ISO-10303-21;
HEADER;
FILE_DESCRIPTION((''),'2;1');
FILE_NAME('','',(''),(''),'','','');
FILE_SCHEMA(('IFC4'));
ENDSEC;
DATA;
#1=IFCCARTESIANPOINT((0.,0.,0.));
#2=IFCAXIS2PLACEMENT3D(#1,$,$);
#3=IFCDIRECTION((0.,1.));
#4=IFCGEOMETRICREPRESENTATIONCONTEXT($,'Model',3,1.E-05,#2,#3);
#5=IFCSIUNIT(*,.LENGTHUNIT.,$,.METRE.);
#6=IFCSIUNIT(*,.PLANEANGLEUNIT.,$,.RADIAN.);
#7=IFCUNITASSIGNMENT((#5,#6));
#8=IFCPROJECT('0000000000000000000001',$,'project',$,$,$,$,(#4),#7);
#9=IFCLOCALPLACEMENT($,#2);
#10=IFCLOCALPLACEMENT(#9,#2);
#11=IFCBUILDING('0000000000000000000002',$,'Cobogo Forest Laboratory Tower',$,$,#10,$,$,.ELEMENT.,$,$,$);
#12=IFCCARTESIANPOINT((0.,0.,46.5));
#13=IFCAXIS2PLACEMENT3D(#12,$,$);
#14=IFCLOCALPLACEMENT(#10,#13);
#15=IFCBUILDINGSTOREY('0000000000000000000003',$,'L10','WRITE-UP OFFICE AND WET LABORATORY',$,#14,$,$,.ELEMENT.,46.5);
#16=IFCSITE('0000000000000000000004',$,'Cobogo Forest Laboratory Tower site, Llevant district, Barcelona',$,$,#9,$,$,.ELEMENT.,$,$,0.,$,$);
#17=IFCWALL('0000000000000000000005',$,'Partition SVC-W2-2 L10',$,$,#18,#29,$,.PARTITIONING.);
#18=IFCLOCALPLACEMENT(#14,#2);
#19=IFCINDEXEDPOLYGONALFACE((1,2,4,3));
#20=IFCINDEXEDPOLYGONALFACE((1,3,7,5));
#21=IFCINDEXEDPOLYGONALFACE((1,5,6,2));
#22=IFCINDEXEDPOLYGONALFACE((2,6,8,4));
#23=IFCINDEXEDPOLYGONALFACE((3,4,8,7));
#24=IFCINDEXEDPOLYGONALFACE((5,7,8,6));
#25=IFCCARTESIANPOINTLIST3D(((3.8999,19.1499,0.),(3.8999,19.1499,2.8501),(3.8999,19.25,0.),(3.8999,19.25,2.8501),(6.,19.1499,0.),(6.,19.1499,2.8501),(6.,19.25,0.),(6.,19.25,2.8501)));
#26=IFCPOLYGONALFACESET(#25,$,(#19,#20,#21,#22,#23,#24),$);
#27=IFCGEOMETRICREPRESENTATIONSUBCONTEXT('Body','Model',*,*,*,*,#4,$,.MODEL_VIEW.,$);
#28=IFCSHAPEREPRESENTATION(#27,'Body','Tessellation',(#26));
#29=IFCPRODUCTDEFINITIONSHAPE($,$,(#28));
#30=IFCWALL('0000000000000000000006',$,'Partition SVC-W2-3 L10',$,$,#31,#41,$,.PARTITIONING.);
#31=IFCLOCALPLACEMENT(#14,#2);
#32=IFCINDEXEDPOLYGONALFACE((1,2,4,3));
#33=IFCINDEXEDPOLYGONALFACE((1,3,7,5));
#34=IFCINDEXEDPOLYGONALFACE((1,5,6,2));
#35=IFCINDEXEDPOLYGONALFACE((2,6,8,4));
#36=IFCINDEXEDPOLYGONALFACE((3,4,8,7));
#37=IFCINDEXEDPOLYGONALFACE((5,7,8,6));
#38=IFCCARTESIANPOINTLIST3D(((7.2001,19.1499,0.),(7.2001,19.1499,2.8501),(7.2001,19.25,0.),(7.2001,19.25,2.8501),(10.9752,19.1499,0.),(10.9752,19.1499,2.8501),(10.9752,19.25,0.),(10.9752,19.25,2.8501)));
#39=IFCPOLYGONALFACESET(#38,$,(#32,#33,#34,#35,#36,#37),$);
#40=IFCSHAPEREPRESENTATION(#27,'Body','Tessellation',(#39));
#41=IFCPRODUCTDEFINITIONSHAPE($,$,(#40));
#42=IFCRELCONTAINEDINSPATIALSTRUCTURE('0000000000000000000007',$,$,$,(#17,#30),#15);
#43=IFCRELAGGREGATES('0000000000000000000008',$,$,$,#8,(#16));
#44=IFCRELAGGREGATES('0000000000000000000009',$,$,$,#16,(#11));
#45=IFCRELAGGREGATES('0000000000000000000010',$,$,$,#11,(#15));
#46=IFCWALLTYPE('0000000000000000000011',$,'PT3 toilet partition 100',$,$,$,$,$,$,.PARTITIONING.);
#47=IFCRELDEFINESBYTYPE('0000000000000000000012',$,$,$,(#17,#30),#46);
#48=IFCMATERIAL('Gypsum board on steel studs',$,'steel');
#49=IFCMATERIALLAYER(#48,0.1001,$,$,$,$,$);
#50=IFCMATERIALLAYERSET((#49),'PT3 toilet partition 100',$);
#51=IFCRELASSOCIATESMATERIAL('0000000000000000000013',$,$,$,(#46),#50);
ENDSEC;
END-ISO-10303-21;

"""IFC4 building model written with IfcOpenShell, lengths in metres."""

from ifc_helpers import new_model, si_unit, direction, frame, frame_2d, origin, place, context, subcontext, project, spatial, rectangle, extrude, material, layer, layer_set, type_object, element, save


model = new_model("IFC4")

# Units and contexts
model_context = context("Model", 3, precision=1e-05, world=origin(), true_north=direction((0.0, 1.0)))
body_context = subcontext(model_context, "Body", "Model", "MODEL_VIEW")
ifc_project = project(units=[si_unit("LENGTHUNIT", "METRE"), si_unit("PLANEANGLEUNIT", "RADIAN")], contexts=[model_context])

# Site, building, storey
site_placement = place(None, origin())
site = spatial("IfcSite", under=ifc_project, at=site_placement, Name="Cobogo Forest Laboratory Tower site, Llevant district, Barcelona", CompositionType="ELEMENT", RefElevation=0.0)
building_placement = place(site_placement, origin())
building = spatial("IfcBuilding", under=site, at=building_placement, Name="Cobogo Forest Laboratory Tower", CompositionType="ELEMENT")
storey_placement = place(building_placement, frame((0.0, 0.0, 46.5)))
storey = spatial("IfcBuildingStorey", under=building, at=storey_placement, Name="L10", Description="WRITE-UP OFFICE AND WET LABORATORY", CompositionType="ELEMENT", Elevation=46.5)

# Walls
ifc_material_1 = material(Name="Gypsum board on steel studs", Category="steel")
ifc_layer_1 = layer(ifc_material_1, 0.1001)
ifc_layer_set_1 = layer_set([ifc_layer_1], Name="PT3 toilet partition 100")
wall_type_1 = type_object("IfcWallType", Name="PT3 toilet partition 100", PredefinedType="PARTITIONING", material=ifc_layer_set_1)
wall_1_placement = place(storey_placement, frame((3.8999, 19.2, 0.0), z_axis=(0.0, 0.0, 1.0), x_axis=(1.0, 0.0, 0.0)))
element("IfcWall", 1, at=wall_1_placement, inside=storey, type_object=wall_type_1, Name="Partition SVC-W2-2 L10", PredefinedType="PARTITIONING", context=body_context, shape_type="SweptSolid", body=[
    extrude(rectangle(XDim=2.1001, YDim=0.1001, at=frame_2d((1.05, 0.0))), origin(), (0.0, 0.0, 1.0), 2.8501),
])
wall_2_placement = place(storey_placement, frame((7.2, 19.2, 0.0), z_axis=(0.0, 0.0, 1.0), x_axis=(1.0, 0.0, 0.0)))
element("IfcWall", 2, at=wall_2_placement, inside=storey, type_object=wall_type_1, Name="Partition SVC-W2-3 L10", PredefinedType="PARTITIONING", context=body_context, shape_type="SweptSolid", body=[
    extrude(rectangle(XDim=3.7751, YDim=0.1001, at=frame_2d((1.8877, 0.0))), origin(), (0.0, 0.0, 1.0), 2.8501),
])

save(model, "model.ifc")
